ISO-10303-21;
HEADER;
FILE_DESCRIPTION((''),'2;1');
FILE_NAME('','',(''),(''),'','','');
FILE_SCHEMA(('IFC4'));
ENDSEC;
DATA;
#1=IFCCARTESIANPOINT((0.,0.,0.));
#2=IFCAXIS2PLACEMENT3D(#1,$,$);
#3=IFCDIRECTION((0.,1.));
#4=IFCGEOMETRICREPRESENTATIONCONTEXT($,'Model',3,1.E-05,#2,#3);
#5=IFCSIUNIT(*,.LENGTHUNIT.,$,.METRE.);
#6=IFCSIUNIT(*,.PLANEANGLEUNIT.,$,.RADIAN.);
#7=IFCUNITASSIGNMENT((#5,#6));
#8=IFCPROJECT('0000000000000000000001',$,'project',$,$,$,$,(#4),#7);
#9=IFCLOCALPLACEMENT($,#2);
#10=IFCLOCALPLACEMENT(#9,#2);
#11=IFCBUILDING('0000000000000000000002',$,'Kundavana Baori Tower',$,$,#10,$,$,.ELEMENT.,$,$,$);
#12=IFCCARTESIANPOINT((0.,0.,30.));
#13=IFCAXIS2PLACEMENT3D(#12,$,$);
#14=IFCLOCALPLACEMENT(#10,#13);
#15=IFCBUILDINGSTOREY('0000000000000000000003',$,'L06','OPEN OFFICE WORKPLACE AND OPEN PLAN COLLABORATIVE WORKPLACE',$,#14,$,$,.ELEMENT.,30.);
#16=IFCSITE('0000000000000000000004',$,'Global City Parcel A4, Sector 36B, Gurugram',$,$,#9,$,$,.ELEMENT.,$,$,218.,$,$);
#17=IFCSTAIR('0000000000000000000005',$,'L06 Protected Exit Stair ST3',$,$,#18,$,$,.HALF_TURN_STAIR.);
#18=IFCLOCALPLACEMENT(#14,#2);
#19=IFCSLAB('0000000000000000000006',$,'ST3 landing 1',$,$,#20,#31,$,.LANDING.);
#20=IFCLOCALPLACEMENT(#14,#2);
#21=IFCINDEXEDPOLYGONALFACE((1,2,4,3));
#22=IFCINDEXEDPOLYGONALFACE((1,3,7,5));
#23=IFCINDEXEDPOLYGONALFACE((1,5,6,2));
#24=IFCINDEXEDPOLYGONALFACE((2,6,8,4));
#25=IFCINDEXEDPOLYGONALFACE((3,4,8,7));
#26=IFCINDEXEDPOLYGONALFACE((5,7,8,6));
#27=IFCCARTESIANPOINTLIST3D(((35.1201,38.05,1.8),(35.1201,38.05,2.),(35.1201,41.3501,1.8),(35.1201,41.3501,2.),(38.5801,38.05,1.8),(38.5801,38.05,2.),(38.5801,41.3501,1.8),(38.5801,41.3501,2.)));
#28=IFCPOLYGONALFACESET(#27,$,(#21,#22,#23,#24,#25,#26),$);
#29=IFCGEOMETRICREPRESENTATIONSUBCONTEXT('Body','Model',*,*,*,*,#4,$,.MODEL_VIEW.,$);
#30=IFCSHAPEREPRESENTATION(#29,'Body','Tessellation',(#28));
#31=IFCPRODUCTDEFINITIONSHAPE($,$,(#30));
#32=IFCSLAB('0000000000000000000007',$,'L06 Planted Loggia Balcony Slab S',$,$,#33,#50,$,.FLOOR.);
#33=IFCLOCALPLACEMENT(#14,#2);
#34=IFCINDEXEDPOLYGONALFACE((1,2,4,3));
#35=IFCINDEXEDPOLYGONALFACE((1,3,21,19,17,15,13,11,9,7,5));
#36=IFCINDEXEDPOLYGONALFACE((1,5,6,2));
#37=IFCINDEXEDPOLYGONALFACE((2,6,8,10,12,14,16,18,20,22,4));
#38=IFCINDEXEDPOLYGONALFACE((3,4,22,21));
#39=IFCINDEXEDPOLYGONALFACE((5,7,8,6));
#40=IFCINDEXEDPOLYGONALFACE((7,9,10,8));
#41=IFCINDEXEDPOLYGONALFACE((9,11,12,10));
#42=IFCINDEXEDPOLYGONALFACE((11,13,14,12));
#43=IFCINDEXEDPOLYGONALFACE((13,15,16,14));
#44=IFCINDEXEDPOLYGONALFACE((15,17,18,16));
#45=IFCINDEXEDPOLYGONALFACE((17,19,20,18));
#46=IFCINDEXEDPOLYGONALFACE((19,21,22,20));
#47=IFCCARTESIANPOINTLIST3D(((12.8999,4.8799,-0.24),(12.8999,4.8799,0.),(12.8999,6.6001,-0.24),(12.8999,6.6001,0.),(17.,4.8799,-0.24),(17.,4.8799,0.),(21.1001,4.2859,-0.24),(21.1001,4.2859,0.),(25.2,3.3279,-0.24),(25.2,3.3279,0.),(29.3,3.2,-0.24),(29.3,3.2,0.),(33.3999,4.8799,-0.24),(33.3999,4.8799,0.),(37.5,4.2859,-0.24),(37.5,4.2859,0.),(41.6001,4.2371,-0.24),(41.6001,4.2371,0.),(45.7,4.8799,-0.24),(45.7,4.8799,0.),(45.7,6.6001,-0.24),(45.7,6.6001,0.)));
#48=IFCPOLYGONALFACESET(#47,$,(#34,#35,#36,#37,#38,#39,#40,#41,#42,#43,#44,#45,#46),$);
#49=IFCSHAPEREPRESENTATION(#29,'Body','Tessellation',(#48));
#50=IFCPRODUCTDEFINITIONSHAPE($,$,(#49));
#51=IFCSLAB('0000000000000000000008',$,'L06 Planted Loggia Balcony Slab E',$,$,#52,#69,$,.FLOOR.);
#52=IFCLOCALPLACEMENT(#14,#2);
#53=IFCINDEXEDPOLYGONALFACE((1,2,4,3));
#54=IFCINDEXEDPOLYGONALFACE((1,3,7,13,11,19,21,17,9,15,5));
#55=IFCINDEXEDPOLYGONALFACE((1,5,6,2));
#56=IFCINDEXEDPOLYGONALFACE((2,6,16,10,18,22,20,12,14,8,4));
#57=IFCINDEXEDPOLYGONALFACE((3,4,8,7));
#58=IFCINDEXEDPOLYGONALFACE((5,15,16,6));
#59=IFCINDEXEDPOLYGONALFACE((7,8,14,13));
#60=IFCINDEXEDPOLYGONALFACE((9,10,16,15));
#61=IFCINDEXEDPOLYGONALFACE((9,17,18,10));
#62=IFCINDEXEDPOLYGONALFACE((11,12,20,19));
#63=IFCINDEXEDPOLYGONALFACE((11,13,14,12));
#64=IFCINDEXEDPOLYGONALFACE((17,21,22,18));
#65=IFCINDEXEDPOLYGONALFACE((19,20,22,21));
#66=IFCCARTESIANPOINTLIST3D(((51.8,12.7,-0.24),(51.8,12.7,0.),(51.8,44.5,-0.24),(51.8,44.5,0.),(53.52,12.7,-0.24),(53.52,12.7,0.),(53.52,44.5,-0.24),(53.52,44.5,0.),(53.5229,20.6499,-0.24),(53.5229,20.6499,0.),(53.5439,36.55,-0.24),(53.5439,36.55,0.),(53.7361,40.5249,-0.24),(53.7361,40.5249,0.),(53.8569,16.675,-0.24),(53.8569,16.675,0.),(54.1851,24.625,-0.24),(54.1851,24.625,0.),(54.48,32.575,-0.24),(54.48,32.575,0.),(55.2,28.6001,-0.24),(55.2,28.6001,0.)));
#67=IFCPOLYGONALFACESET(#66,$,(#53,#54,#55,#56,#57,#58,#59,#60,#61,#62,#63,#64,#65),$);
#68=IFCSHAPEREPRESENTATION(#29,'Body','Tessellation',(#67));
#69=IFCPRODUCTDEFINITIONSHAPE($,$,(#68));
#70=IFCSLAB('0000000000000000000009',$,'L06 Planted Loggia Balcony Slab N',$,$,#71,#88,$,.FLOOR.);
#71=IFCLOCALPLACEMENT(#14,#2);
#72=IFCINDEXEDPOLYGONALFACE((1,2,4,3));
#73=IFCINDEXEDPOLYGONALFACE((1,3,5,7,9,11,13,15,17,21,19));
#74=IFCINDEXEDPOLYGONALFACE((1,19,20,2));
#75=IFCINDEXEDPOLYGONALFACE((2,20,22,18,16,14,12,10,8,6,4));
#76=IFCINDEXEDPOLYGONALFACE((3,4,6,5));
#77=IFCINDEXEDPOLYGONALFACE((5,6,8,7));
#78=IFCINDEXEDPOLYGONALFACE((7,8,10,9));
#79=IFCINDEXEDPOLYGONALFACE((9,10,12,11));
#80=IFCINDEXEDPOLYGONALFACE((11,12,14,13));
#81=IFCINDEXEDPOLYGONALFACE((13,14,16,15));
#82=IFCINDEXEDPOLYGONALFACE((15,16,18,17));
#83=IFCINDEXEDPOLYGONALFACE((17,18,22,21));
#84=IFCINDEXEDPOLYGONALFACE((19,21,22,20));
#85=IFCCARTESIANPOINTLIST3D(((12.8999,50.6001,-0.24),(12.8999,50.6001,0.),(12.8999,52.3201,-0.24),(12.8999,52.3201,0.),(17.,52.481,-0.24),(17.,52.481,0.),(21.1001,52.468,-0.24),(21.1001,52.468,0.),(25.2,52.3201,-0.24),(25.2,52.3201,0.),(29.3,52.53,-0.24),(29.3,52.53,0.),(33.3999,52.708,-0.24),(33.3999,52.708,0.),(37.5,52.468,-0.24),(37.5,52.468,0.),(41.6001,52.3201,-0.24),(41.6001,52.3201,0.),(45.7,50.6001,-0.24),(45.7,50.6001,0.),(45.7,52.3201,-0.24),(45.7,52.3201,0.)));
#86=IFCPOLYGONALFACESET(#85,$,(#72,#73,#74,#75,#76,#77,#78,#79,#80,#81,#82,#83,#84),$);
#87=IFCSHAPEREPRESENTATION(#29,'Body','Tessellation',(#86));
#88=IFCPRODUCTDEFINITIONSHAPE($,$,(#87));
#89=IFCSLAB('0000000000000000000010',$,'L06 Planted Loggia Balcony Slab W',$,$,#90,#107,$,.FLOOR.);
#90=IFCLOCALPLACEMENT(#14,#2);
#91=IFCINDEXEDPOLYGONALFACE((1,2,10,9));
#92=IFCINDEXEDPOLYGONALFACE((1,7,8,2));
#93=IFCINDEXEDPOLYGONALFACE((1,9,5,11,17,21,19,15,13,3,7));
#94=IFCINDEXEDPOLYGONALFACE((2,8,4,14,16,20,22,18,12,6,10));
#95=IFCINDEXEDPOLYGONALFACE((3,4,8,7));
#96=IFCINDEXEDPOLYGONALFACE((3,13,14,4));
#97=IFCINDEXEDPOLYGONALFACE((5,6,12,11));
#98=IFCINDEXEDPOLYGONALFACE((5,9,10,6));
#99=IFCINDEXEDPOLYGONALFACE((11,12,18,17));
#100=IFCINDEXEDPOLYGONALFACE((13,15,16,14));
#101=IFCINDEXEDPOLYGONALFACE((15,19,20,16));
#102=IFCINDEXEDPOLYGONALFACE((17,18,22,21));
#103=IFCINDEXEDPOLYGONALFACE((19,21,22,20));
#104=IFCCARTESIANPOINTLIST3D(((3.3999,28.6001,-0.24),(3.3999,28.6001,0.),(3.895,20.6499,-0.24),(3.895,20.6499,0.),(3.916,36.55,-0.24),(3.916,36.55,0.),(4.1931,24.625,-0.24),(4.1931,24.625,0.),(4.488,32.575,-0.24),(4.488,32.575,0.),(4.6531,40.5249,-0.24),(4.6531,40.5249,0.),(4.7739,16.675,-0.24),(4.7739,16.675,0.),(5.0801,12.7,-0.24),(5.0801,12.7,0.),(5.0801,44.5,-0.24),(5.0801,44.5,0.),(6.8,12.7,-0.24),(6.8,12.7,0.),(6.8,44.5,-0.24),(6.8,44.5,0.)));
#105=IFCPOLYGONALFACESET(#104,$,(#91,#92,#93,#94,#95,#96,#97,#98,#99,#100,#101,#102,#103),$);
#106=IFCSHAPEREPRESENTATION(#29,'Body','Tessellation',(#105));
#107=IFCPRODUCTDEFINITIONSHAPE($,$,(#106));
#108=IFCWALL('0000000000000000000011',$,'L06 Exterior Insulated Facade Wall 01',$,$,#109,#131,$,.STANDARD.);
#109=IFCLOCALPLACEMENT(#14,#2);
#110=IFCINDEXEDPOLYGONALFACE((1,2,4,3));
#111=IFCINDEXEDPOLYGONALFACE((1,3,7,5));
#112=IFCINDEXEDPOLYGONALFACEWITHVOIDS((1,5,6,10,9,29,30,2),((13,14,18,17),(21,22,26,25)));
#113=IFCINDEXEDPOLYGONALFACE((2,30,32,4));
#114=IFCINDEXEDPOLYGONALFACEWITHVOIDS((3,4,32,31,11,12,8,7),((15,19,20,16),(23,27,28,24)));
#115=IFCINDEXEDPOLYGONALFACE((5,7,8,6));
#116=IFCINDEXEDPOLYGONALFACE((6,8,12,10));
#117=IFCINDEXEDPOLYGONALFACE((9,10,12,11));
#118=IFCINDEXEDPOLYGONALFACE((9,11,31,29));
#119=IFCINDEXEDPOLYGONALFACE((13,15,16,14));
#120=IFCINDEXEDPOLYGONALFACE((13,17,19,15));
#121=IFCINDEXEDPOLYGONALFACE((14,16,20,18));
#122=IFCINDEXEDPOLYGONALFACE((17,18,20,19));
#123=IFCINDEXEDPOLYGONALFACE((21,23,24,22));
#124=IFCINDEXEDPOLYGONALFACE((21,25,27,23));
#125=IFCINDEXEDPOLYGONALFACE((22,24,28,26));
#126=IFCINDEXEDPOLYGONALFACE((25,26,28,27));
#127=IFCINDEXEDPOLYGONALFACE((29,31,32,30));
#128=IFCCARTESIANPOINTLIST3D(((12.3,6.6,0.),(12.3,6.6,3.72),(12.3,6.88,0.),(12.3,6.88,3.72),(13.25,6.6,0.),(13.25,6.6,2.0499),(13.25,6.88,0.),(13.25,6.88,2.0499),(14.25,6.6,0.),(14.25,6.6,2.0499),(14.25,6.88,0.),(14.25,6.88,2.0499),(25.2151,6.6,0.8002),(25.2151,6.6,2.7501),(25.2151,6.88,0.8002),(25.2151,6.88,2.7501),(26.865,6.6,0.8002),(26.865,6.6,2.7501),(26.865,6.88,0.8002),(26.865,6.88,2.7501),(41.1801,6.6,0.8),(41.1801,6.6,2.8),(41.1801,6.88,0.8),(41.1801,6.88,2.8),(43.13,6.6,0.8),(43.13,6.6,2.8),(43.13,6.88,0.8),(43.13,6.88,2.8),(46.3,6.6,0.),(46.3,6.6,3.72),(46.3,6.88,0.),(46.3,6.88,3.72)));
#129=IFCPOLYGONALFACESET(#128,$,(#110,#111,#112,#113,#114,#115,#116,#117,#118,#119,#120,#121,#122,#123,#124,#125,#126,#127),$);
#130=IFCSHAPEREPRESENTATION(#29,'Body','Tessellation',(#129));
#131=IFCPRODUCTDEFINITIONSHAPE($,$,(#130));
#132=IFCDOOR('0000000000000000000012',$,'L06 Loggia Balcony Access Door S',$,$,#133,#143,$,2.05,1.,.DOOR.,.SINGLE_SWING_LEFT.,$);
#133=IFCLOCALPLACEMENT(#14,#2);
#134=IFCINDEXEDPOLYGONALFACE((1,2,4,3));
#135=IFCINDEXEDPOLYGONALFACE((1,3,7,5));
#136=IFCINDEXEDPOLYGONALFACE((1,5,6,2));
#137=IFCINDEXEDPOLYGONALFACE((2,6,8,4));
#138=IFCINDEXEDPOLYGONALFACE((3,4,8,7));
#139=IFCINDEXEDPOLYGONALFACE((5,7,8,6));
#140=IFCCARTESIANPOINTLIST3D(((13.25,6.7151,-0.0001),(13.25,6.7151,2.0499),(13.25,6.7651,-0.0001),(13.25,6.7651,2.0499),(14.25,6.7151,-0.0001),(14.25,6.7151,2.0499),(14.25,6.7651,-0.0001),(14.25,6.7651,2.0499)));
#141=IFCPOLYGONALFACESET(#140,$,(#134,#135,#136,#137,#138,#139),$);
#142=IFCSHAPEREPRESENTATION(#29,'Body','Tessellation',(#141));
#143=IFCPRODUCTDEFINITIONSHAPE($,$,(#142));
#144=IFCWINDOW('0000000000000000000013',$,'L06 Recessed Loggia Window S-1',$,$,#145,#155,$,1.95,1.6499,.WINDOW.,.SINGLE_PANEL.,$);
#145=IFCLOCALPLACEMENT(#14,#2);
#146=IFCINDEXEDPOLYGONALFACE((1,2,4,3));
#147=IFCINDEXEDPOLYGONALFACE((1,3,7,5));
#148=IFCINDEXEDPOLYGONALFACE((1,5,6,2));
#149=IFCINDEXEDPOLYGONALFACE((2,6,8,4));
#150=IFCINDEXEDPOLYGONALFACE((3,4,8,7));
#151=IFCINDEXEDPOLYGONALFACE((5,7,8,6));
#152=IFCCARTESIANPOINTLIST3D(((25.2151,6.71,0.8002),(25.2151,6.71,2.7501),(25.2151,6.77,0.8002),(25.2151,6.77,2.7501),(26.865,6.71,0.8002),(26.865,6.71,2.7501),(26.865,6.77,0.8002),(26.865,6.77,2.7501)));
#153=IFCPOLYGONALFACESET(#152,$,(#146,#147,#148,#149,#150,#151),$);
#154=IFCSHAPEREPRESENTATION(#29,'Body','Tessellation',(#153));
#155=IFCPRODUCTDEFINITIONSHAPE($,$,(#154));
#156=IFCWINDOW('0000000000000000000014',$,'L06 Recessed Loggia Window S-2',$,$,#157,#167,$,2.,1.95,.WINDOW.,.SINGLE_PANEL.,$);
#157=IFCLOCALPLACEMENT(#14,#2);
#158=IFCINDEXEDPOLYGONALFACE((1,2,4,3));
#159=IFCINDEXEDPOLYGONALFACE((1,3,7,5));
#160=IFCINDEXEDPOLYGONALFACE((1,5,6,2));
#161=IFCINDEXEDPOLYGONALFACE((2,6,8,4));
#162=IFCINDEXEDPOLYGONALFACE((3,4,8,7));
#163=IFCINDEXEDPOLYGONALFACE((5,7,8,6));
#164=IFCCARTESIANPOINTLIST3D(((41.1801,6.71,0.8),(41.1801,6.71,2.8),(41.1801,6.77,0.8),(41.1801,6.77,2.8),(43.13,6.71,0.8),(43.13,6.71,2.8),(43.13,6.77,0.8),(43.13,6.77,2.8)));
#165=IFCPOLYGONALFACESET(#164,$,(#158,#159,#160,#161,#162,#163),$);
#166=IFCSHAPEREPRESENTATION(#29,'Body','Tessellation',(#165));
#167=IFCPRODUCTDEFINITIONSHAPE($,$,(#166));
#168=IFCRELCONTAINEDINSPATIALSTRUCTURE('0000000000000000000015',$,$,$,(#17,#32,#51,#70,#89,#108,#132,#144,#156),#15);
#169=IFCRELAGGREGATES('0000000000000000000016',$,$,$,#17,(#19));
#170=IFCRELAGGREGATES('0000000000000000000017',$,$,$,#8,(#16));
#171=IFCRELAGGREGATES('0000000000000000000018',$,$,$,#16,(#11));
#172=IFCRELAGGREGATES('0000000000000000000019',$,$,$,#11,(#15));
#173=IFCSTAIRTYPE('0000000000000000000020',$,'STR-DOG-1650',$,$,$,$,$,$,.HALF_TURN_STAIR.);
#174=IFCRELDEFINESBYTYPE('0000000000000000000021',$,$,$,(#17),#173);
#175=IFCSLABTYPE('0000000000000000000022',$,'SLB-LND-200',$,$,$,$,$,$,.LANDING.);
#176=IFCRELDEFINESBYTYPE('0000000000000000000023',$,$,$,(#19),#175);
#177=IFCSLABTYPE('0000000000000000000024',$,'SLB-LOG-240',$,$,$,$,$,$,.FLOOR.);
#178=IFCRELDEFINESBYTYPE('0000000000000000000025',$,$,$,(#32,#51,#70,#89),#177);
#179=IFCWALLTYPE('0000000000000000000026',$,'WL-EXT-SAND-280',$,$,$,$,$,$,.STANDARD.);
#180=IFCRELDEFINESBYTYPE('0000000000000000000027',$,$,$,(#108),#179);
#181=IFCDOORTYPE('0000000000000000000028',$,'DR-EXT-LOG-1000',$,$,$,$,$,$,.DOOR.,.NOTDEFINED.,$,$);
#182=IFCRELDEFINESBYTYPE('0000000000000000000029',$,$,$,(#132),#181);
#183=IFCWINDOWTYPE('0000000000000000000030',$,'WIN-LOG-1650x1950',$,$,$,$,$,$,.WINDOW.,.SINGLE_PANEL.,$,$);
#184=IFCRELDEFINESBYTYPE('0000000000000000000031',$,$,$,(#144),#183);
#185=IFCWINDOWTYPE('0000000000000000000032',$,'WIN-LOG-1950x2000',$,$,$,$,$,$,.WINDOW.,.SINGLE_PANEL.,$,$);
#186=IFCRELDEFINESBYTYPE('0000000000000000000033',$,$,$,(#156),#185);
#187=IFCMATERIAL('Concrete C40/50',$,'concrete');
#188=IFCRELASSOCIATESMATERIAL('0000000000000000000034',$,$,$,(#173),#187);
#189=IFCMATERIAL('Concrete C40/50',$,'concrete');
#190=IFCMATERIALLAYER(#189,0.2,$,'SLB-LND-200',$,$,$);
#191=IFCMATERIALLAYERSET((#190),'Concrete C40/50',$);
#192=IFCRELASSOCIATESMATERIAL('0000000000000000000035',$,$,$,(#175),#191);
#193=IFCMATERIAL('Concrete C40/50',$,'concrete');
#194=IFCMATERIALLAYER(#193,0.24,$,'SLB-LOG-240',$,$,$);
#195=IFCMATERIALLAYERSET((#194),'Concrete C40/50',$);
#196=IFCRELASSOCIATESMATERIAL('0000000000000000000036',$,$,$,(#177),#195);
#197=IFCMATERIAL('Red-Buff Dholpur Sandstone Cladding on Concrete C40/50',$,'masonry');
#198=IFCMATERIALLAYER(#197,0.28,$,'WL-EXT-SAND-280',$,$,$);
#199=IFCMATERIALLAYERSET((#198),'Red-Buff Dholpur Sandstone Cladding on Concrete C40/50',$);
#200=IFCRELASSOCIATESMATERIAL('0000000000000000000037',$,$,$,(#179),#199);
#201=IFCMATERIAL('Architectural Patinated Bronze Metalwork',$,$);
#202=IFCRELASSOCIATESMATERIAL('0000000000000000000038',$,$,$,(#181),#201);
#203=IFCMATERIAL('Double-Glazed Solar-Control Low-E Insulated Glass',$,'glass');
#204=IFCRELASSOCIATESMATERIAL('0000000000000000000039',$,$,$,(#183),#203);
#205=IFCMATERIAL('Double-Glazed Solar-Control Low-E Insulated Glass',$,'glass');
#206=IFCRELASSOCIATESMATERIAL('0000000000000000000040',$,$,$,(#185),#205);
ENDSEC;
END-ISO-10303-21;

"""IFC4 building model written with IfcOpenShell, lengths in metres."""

from ifc_helpers import new_model, si_unit, direction, frame, frame_2d, origin, place, context, subcontext, project, spatial, polyline, rectangle, outline, extrude, material, layer, layer_set, type_object, element, fill, aggregate, save


model = new_model("IFC4")

# Units and contexts
model_context = context("Model", 3, precision=1e-05, world=origin(), true_north=direction((0.0, 1.0)))
body_context = subcontext(model_context, "Body", "Model", "MODEL_VIEW")
ifc_project = project(units=[si_unit("LENGTHUNIT", "METRE"), si_unit("PLANEANGLEUNIT", "RADIAN")], contexts=[model_context])

# Site, building, storey
site_placement = place(None, origin())
site = spatial("IfcSite", under=ifc_project, at=site_placement, Name="Global City Parcel A4, Sector 36B, Gurugram", CompositionType="ELEMENT", RefElevation=218.0)
building_placement = place(site_placement, origin())
building = spatial("IfcBuilding", under=site, at=building_placement, Name="Kundavana Baori Tower", CompositionType="ELEMENT")
storey_placement = place(building_placement, frame((0.0, 0.0, 30.0)))
storey = spatial("IfcBuildingStorey", under=building, at=storey_placement, Name="L06", Description="OPEN OFFICE WORKPLACE AND OPEN PLAN COLLABORATIVE WORKPLACE", CompositionType="ELEMENT", Elevation=30.0)

# Stair, slab
ifc_material_1 = material(Name="Concrete C40/50", Category="concrete")
stair_type = type_object("IfcStairType", Name="STR-DOG-1650", PredefinedType="HALF_TURN_STAIR", material=ifc_material_1)
ifc_material_2 = material(Name="Concrete C40/50", Category="concrete")
ifc_layer_1 = layer(ifc_material_2, 0.2, Name="SLB-LND-200")
ifc_layer_set_1 = layer_set([ifc_layer_1], Name="Concrete C40/50")
slab_type_1 = type_object("IfcSlabType", Name="SLB-LND-200", PredefinedType="LANDING", material=ifc_layer_set_1)
stair_1_placement = place(storey_placement, origin())
stair_1 = element("IfcStair", 1, at=stair_1_placement, inside=storey, type_object=stair_type, Name="L06 Protected Exit Stair ST3", PredefinedType="HALF_TURN_STAIR")
slab_1_placement = place(storey_placement, frame((0.0, 0.0, 1.8)))
slab_1 = element("IfcSlab", 2, at=slab_1_placement, type_object=slab_type_1, Name="ST3 landing 1", PredefinedType="LANDING", context=body_context, shape_type="SweptSolid", body=[
    extrude(outline(polyline([(38.5801, 38.05), (38.5801, 41.3501), (35.1201, 41.3501), (35.1201, 38.05), (38.5801, 38.05)])), origin(), (0.0, 0.0, 1.0), 0.2),
])
aggregate(stair_1, [slab_1])

# Slabs
ifc_material_3 = material(Name="Concrete C40/50", Category="concrete")
ifc_layer_2 = layer(ifc_material_3, 0.24, Name="SLB-LOG-240")
ifc_layer_set_2 = layer_set([ifc_layer_2], Name="Concrete C40/50")
slab_type_2 = type_object("IfcSlabType", Name="SLB-LOG-240", PredefinedType="FLOOR", material=ifc_layer_set_2)
slab_2_placement = place(storey_placement, frame((0.0, 0.0, -0.24)))
element("IfcSlab", 3, at=slab_2_placement, inside=storey, type_object=slab_type_2, Name="L06 Planted Loggia Balcony Slab S", PredefinedType="FLOOR", context=body_context, shape_type="SweptSolid", body=[
    extrude(outline(polyline([(12.8999, 6.6001), (45.7, 6.6001), (45.7, 4.8799), (41.6001, 4.2371), (37.5, 4.2859), (33.3999, 4.8799), (29.3, 3.2), (25.2, 3.3279), (21.1001, 4.2859), (17.0, 4.8799), (12.8999, 4.8799), (12.8999, 6.6001)])), origin(), (0.0, 0.0, 1.0), 0.24),
])
slab_3_placement = place(storey_placement, frame((0.0, 0.0, -0.24)))
element("IfcSlab", 4, at=slab_3_placement, inside=storey, type_object=slab_type_2, Name="L06 Planted Loggia Balcony Slab E", PredefinedType="FLOOR", context=body_context, shape_type="SweptSolid", body=[
    extrude(outline(polyline([(51.8, 12.7), (51.8, 44.5), (53.52, 44.5), (53.7361, 40.5249), (53.5439, 36.55), (54.48, 32.575), (55.2, 28.6001), (54.1851, 24.625), (53.5229, 20.6499), (53.8569, 16.675), (53.52, 12.7), (51.8, 12.7)])), origin(), (0.0, 0.0, 1.0), 0.24),
])
slab_4_placement = place(storey_placement, frame((0.0, 0.0, -0.24)))
element("IfcSlab", 5, at=slab_4_placement, inside=storey, type_object=slab_type_2, Name="L06 Planted Loggia Balcony Slab N", PredefinedType="FLOOR", context=body_context, shape_type="SweptSolid", body=[
    extrude(outline(polyline([(45.7, 50.6001), (12.8999, 50.6001), (12.8999, 52.3201), (17.0, 52.481), (21.1001, 52.468), (25.2, 52.3201), (29.3, 52.53), (33.3999, 52.708), (37.5, 52.468), (41.6001, 52.3201), (45.7, 52.3201), (45.7, 50.6001)])), origin(), (0.0, 0.0, 1.0), 0.24),
])
slab_5_placement = place(storey_placement, frame((0.0, 0.0, -0.24)))
element("IfcSlab", 6, at=slab_5_placement, inside=storey, type_object=slab_type_2, Name="L06 Planted Loggia Balcony Slab W", PredefinedType="FLOOR", context=body_context, shape_type="SweptSolid", body=[
    extrude(outline(polyline([(6.8, 44.5), (6.8, 12.7), (5.0801, 12.7), (4.7739, 16.675), (3.895, 20.6499), (4.1931, 24.625), (3.3999, 28.6001), (4.488, 32.575), (3.916, 36.55), (4.6531, 40.5249), (5.0801, 44.5), (6.8, 44.5)])), origin(), (0.0, 0.0, 1.0), 0.24),
])

# Wall, openings, door, windows
ifc_material_4 = material(Name="Red-Buff Dholpur Sandstone Cladding on Concrete C40/50", Category="masonry")
ifc_layer_3 = layer(ifc_material_4, 0.28, Name="WL-EXT-SAND-280")
ifc_layer_set_3 = layer_set([ifc_layer_3], Name="Red-Buff Dholpur Sandstone Cladding on Concrete C40/50")
wall_type = type_object("IfcWallType", Name="WL-EXT-SAND-280", PredefinedType="STANDARD", material=ifc_layer_set_3)
wall_1_placement = place(storey_placement, frame((12.3, 6.74, 0.0), z_axis=(0.0, 0.0, 1.0), x_axis=(1.0, 0.0, 0.0)))
wall_1 = element("IfcWall", 7, at=wall_1_placement, inside=storey, type_object=wall_type, Name="L06 Exterior Insulated Facade Wall 01", PredefinedType="STANDARD", context=body_context, shape_type="SweptSolid", body=[
    extrude(rectangle(XDim=34.0, YDim=0.28, at=frame_2d((17.0, 0.0))), origin(), (0.0, 0.0, 1.0), 3.72),
])
opening_1_placement = place(wall_1_placement, frame((0.95, 0.0, 0.0)))
opening_1 = element("IfcOpeningElement", 8, at=opening_1_placement, cuts=wall_1, PredefinedType="OPENING", context=body_context, shape_type="SweptSolid", body=[
    extrude(rectangle(XDim=1.0, YDim=2.05, at=frame_2d((0.5, 1.0249))), frame((0.0, 0.1499, 0.0), z_axis=(0.0, -1.0, 0.0), x_axis=(1.0, 0.0, 0.0)), (0.0, 0.0, 1.0), 0.3),
])
opening_2_placement = place(wall_1_placement, frame((12.915, 0.0, 0.8)))
opening_2 = element("IfcOpeningElement", 9, at=opening_2_placement, cuts=wall_1, PredefinedType="OPENING", context=body_context, shape_type="SweptSolid", body=[
    extrude(rectangle(XDim=1.6499, YDim=1.95, at=frame_2d((0.825, 0.9751))), frame((0.0, 0.1499, 0.0), z_axis=(0.0, -1.0, 0.0), x_axis=(1.0, 0.0, 0.0)), (0.0, 0.0, 1.0), 0.3),
])
opening_3_placement = place(wall_1_placement, frame((28.8799, 0.0, 0.8)))
opening_3 = element("IfcOpeningElement", 10, at=opening_3_placement, cuts=wall_1, PredefinedType="OPENING", context=body_context, shape_type="SweptSolid", body=[
    extrude(rectangle(XDim=1.95, YDim=2.0, at=frame_2d((0.9751, 1.0))), frame((0.0, 0.1499, 0.0), z_axis=(0.0, -1.0, 0.0), x_axis=(1.0, 0.0, 0.0)), (0.0, 0.0, 1.0), 0.3),
])
ifc_material_5 = material(Name="Architectural Patinated Bronze Metalwork")
door_type = type_object("IfcDoorType", Name="DR-EXT-LOG-1000", OperationType="NOTDEFINED", PredefinedType="DOOR", material=ifc_material_5)
door_placement = place(opening_1_placement, frame((1.0, 0.0, 0.0), z_axis=(0.0, 0.0, 1.0), x_axis=(-1.0, 0.0, 0.0)))
door = element("IfcDoor", 11, at=door_placement, inside=storey, type_object=door_type, Name="L06 Loggia Balcony Access Door S", OperationType="SINGLE_SWING_LEFT", OverallHeight=2.05, OverallWidth=1.0, PredefinedType="DOOR", context=body_context, shape_type="SweptSolid", body=[
    extrude(rectangle(XDim=1.0, YDim=2.05, at=frame_2d((0.5, 1.0249))), frame((0.0, 0.0249, 0.0), z_axis=(0.0, -1.0, 0.0), x_axis=(1.0, 0.0, 0.0)), (0.0, 0.0, 1.0), 0.05),
])
fill(opening_1, door)
ifc_material_6 = material(Name="Double-Glazed Solar-Control Low-E Insulated Glass", Category="glass")
window_type_1 = type_object("IfcWindowType", Name="WIN-LOG-1650x1950", PartitioningType="SINGLE_PANEL", PredefinedType="WINDOW", material=ifc_material_6)
window_1_placement = place(opening_2_placement, origin())
window_1 = element("IfcWindow", 12, at=window_1_placement, inside=storey, type_object=window_type_1, Name="L06 Recessed Loggia Window S-1", OverallHeight=1.95, OverallWidth=1.6499, PartitioningType="SINGLE_PANEL", PredefinedType="WINDOW", context=body_context, shape_type="SweptSolid", body=[
    extrude(rectangle(XDim=1.6499, YDim=1.95, at=frame_2d((0.825, 0.9751))), frame((0.0, 0.03, 0.0), z_axis=(0.0, -1.0, 0.0), x_axis=(1.0, 0.0, 0.0)), (0.0, 0.0, 1.0), 0.0601),
])
fill(opening_2, window_1)
ifc_material_7 = material(Name="Double-Glazed Solar-Control Low-E Insulated Glass", Category="glass")
window_type_2 = type_object("IfcWindowType", Name="WIN-LOG-1950x2000", PartitioningType="SINGLE_PANEL", PredefinedType="WINDOW", material=ifc_material_7)
window_2_placement = place(opening_3_placement, origin())
window_2 = element("IfcWindow", 13, at=window_2_placement, inside=storey, type_object=window_type_2, Name="L06 Recessed Loggia Window S-2", OverallHeight=2.0, OverallWidth=1.95, PartitioningType="SINGLE_PANEL", PredefinedType="WINDOW", context=body_context, shape_type="SweptSolid", body=[
    extrude(rectangle(XDim=1.95, YDim=2.0, at=frame_2d((0.9751, 1.0))), frame((0.0, 0.03, 0.0), z_axis=(0.0, -1.0, 0.0), x_axis=(1.0, 0.0, 0.0)), (0.0, 0.0, 1.0), 0.0601),
])
fill(opening_3, window_2)

save(model, "model.ifc")
